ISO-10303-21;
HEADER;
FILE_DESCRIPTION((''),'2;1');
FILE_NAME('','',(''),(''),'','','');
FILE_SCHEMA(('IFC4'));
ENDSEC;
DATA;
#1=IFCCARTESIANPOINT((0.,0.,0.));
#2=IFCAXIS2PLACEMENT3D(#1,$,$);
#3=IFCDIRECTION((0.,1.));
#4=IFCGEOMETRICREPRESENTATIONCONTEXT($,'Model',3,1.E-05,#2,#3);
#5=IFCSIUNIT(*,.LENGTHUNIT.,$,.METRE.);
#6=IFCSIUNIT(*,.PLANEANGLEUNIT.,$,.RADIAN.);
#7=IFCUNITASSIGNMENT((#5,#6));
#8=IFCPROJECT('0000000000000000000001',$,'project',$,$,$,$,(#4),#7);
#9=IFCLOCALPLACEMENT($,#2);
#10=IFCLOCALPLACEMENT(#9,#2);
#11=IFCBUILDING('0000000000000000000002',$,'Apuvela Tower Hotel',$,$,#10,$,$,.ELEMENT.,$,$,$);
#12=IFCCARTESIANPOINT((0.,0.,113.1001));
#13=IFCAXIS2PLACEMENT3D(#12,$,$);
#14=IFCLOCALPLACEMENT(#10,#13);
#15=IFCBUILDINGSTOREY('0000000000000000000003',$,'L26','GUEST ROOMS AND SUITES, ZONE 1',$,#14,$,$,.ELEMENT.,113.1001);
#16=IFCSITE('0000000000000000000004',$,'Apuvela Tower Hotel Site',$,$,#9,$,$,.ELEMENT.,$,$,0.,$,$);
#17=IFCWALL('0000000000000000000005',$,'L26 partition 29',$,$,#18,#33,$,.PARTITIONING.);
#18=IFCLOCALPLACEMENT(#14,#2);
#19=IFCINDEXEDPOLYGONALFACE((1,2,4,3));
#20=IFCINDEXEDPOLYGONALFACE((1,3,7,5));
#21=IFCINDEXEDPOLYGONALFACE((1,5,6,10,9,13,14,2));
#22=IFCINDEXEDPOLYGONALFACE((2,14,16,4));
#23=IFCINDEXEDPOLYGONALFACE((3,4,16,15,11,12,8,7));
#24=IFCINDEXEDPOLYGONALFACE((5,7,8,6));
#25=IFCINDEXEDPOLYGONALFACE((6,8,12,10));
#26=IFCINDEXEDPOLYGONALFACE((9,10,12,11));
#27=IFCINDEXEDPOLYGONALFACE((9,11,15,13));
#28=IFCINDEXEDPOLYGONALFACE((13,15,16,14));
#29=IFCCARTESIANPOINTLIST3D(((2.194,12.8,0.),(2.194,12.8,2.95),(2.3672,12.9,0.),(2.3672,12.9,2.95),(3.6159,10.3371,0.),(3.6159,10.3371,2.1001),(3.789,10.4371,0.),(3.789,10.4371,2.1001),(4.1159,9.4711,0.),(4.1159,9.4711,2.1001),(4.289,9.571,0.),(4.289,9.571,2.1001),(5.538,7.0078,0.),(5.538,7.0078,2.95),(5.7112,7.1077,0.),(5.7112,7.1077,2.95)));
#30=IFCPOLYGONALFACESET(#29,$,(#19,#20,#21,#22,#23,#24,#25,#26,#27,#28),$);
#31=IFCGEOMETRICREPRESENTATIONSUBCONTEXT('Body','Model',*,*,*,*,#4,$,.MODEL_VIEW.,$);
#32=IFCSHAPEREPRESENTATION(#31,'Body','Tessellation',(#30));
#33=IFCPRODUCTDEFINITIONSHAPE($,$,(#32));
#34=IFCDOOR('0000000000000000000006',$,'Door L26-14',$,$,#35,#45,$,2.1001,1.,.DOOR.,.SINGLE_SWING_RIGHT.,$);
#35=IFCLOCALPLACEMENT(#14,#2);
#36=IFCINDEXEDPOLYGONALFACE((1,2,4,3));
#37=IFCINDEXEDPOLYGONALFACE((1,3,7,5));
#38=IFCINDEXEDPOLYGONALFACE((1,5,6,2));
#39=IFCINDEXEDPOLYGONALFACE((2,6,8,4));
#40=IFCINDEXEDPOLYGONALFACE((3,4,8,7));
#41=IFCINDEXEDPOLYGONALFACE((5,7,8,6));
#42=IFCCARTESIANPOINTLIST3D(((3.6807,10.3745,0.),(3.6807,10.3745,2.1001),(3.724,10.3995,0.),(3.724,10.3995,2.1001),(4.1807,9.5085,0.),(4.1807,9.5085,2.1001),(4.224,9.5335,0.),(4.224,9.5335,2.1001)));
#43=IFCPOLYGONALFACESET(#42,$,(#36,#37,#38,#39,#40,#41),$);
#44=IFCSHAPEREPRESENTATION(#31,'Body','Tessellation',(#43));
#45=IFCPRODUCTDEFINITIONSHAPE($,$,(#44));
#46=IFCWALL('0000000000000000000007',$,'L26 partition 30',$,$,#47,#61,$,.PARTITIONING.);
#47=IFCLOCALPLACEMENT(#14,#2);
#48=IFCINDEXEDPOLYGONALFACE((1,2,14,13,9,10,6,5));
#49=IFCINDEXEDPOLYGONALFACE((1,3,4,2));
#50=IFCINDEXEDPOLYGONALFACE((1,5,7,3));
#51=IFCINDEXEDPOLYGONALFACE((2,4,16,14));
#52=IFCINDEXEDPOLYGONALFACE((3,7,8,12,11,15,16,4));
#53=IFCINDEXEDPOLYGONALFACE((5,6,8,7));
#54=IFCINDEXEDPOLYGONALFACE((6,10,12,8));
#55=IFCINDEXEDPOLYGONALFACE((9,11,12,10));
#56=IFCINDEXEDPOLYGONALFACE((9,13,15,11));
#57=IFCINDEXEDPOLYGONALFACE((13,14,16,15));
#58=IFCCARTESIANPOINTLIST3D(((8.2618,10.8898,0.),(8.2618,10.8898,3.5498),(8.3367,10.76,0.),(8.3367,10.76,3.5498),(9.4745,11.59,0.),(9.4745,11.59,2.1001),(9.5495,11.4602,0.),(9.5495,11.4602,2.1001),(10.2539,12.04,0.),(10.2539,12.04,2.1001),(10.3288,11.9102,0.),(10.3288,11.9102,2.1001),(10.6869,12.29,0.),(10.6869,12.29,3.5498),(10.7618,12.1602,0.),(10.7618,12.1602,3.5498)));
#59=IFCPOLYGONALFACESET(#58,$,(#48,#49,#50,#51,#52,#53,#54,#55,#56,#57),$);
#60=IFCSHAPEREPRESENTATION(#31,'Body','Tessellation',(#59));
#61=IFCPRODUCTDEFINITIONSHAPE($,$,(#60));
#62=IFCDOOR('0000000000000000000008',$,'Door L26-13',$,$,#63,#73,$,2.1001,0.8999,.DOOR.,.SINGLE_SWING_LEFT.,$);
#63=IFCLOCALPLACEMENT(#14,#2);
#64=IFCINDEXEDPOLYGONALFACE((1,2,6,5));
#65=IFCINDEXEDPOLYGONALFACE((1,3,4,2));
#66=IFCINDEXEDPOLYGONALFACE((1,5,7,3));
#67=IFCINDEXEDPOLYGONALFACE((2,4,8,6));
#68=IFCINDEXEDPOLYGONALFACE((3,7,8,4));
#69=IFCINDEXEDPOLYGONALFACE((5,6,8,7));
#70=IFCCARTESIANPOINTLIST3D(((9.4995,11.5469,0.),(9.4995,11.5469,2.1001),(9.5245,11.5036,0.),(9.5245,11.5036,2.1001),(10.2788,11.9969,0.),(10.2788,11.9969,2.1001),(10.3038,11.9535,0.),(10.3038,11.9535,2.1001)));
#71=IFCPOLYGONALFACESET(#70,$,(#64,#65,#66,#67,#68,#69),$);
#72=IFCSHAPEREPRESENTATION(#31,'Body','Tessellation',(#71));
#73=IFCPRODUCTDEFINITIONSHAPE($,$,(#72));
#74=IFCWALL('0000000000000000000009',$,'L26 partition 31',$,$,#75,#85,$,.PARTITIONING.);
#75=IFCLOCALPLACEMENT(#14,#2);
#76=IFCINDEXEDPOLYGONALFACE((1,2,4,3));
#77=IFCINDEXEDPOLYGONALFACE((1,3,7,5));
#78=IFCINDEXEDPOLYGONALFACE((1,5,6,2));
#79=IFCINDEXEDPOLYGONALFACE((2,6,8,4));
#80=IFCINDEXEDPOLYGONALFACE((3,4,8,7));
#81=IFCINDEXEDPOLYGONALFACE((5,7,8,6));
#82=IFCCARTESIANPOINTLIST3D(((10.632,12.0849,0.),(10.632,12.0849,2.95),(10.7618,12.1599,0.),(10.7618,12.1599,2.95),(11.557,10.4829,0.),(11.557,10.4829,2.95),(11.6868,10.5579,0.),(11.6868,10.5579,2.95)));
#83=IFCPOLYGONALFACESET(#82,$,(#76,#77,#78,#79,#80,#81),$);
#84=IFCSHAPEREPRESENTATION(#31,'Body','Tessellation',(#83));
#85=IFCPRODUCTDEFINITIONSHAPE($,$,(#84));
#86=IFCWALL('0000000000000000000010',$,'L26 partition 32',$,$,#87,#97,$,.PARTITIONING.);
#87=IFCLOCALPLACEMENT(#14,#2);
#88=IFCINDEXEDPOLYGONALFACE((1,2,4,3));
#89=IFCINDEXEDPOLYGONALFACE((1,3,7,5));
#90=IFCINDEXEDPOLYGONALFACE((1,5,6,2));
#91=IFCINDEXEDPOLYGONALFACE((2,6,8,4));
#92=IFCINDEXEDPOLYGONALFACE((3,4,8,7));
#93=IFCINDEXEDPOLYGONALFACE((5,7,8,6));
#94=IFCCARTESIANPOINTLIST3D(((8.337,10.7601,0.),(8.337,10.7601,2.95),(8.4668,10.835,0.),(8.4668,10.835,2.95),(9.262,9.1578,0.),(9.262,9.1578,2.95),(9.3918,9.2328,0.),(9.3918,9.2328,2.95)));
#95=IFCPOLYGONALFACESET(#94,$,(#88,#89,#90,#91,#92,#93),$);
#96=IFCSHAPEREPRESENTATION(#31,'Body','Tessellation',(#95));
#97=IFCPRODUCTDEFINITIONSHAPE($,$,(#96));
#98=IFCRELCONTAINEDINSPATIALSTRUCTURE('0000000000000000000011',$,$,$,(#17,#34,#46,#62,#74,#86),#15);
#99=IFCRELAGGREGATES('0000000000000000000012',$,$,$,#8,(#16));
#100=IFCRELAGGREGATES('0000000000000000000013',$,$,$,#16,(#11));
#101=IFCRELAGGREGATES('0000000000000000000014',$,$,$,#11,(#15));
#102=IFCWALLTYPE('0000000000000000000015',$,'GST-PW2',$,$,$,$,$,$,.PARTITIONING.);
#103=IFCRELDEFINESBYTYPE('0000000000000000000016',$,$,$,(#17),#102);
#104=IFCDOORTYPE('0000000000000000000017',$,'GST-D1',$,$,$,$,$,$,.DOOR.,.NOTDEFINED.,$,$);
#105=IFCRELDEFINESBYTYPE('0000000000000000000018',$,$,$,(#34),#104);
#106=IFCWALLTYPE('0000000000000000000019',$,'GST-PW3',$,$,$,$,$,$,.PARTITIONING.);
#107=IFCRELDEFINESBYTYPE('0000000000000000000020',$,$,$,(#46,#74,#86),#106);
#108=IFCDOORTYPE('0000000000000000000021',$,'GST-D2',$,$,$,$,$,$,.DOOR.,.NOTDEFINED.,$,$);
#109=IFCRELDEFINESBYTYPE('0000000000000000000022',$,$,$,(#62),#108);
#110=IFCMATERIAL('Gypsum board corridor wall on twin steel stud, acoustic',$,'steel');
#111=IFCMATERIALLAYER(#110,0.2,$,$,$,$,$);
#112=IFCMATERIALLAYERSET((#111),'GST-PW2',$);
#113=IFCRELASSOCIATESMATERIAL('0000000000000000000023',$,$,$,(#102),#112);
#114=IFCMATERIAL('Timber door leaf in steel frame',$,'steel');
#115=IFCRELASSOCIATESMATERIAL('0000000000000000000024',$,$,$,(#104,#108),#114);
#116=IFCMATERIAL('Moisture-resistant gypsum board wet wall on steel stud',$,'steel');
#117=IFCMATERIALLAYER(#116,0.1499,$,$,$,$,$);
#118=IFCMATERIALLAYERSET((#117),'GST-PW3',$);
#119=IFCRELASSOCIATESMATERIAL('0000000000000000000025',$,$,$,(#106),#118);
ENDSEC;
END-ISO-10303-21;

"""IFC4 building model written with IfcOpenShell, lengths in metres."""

from ifc_helpers import new_model, si_unit, direction, frame, frame_2d, origin, place, context, subcontext, project, spatial, rectangle, extrude, material, layer, layer_set, type_object, element, fill, save


model = new_model("IFC4")

# Units and contexts
model_context = context("Model", 3, precision=1e-05, world=origin(), true_north=direction((0.0, 1.0)))
body_context = subcontext(model_context, "Body", "Model", "MODEL_VIEW")
ifc_project = project(units=[si_unit("LENGTHUNIT", "METRE"), si_unit("PLANEANGLEUNIT", "RADIAN")], contexts=[model_context])

# Site, building, storey
site_placement = place(None, origin())
site = spatial("IfcSite", under=ifc_project, at=site_placement, Name="Apuvela Tower Hotel Site", CompositionType="ELEMENT", RefElevation=0.0)
building_placement = place(site_placement, origin())
building = spatial("IfcBuilding", under=site, at=building_placement, Name="Apuvela Tower Hotel", CompositionType="ELEMENT")
storey_placement = place(building_placement, frame((0.0, 0.0, 113.1001)))
storey = spatial("IfcBuildingStorey", under=building, at=storey_placement, Name="L26", Description="GUEST ROOMS AND SUITES, ZONE 1", CompositionType="ELEMENT", Elevation=113.1001)

# Walls, openings, doors
ifc_material_1 = material(Name="Gypsum board corridor wall on twin steel stud, acoustic", Category="steel")
ifc_layer_1 = layer(ifc_material_1, 0.2)
ifc_layer_set_1 = layer_set([ifc_layer_1], Name="GST-PW2")
wall_type_1 = type_object("IfcWallType", Name="GST-PW2", PredefinedType="PARTITIONING", material=ifc_layer_set_1)
wall_1_placement = place(storey_placement, frame((2.2805, 12.8501, 0.0), z_axis=(0.0, 0.0, 1.0), x_axis=(0.499983, -0.866035, 0.0)))
wall_1 = element("IfcWall", 1, at=wall_1_placement, inside=storey, type_object=wall_type_1, Name="L26 partition 29", PredefinedType="PARTITIONING", context=body_context, shape_type="SweptSolid", body=[
    extrude(rectangle(XDim=6.6882, YDim=0.2, at=frame_2d((3.3442, 0.0))), origin(), (0.0, 0.0, 1.0), 2.95),
])
opening_1_placement = place(wall_1_placement, frame((2.844, 0.0, 0.0)))
opening_1 = element("IfcOpeningElement", 2, at=opening_1_placement, cuts=wall_1, PredefinedType="OPENING", context=body_context, shape_type="SweptSolid", body=[
    extrude(rectangle(XDim=1.0, YDim=2.1001, at=frame_2d((0.5, 1.05))), frame((0.0, 0.1099, 0.0), z_axis=(0.0, -1.0, 0.0), x_axis=(1.0, 0.0, 0.0)), (0.0, 0.0, 1.0), 0.22),
])
ifc_material_2 = material(Name="Timber door leaf in steel frame", Category="steel")
door_type_1 = type_object("IfcDoorType", Name="GST-D1", OperationType="NOTDEFINED", PredefinedType="DOOR", material=ifc_material_2)
door_1_placement = place(opening_1_placement, origin())
door_1 = element("IfcDoor", 3, at=door_1_placement, inside=storey, type_object=door_type_1, Name="Door L26-14", OperationType="SINGLE_SWING_RIGHT", OverallHeight=2.1001, OverallWidth=1.0, PredefinedType="DOOR", context=body_context, shape_type="SweptSolid", body=[
    extrude(rectangle(XDim=1.0, YDim=2.1001, at=frame_2d((0.5, 1.05))), frame((0.0, 0.0249, 0.0), z_axis=(0.0, -1.0, 0.0), x_axis=(1.0, 0.0, 0.0)), (0.0, 0.0, 1.0), 0.05),
])
fill(opening_1, door_1)
ifc_material_3 = material(Name="Moisture-resistant gypsum board wet wall on steel stud", Category="steel")
ifc_layer_2 = layer(ifc_material_3, 0.1499)
ifc_layer_set_2 = layer_set([ifc_layer_2], Name="GST-PW3")
wall_type_2 = type_object("IfcWallType", Name="GST-PW3", PredefinedType="PARTITIONING", material=ifc_layer_set_2)
wall_2_placement = place(storey_placement, frame((10.7244, 12.2251, 0.0), z_axis=(0.0, 0.0, 1.0), x_axis=(-0.866019, -0.500012, 0.0)))
wall_2 = element("IfcWall", 4, at=wall_2_placement, inside=storey, type_object=wall_type_2, Name="L26 partition 30", PredefinedType="PARTITIONING", context=body_context, shape_type="SweptSolid", body=[
    extrude(rectangle(XDim=2.8003, YDim=0.1499, at=frame_2d((1.4001, 0.0))), origin(), (0.0, 0.0, 1.0), 3.5498),
])
opening_2_placement = place(wall_2_placement, frame((0.5, 0.0, 0.0)))
opening_2 = element("IfcOpeningElement", 5, at=opening_2_placement, cuts=wall_2, PredefinedType="OPENING", context=body_context, shape_type="SweptSolid", body=[
    extrude(rectangle(XDim=0.8999, YDim=2.1001, at=frame_2d((0.45, 1.05))), frame((0.0, 0.085, 0.0), z_axis=(0.0, -1.0, 0.0), x_axis=(1.0, 0.0, 0.0)), (0.0, 0.0, 1.0), 0.1699),
])
door_type_2 = type_object("IfcDoorType", Name="GST-D2", OperationType="NOTDEFINED", PredefinedType="DOOR", material=ifc_material_2)
door_2_placement = place(opening_2_placement, origin())
door_2 = element("IfcDoor", 6, at=door_2_placement, inside=storey, type_object=door_type_2, Name="Door L26-13", OperationType="SINGLE_SWING_LEFT", OverallHeight=2.1001, OverallWidth=0.8999, PredefinedType="DOOR", context=body_context, shape_type="SweptSolid", body=[
    extrude(rectangle(XDim=0.8999, YDim=2.1001, at=frame_2d((0.45, 1.05))), frame((0.0, 0.0249, 0.0), z_axis=(0.0, -1.0, 0.0), x_axis=(1.0, 0.0, 0.0)), (0.0, 0.0, 1.0), 0.05),
])
fill(opening_2, door_2)

# Walls
wall_3_placement = place(storey_placement, frame((11.6218, 10.5205, 0.0), z_axis=(0.0, 0.0, 1.0), x_axis=(-0.500042, 0.866001, 0.0)))
element("IfcWall", 7, at=wall_3_placement, inside=storey, type_object=wall_type_2, Name="L26 partition 31", PredefinedType="PARTITIONING", context=body_context, shape_type="SweptSolid", body=[
    extrude(rectangle(XDim=1.8499, YDim=0.1499, at=frame_2d((0.9248, 0.0))), origin(), (0.0, 0.0, 1.0), 2.95),
])
wall_4_placement = place(storey_placement, frame((9.3269, 9.1953, 0.0), z_axis=(0.0, 0.0, 1.0), x_axis=(-0.499985, 0.866034, 0.0)))
element("IfcWall", 8, at=wall_4_placement, inside=storey, type_object=wall_type_2, Name="L26 partition 32", PredefinedType="PARTITIONING", context=body_context, shape_type="SweptSolid", body=[
    extrude(rectangle(XDim=1.8501, YDim=0.1499, at=frame_2d((0.925, 0.0))), origin(), (0.0, 0.0, 1.0), 2.95),
])

save(model, "model.ifc")
